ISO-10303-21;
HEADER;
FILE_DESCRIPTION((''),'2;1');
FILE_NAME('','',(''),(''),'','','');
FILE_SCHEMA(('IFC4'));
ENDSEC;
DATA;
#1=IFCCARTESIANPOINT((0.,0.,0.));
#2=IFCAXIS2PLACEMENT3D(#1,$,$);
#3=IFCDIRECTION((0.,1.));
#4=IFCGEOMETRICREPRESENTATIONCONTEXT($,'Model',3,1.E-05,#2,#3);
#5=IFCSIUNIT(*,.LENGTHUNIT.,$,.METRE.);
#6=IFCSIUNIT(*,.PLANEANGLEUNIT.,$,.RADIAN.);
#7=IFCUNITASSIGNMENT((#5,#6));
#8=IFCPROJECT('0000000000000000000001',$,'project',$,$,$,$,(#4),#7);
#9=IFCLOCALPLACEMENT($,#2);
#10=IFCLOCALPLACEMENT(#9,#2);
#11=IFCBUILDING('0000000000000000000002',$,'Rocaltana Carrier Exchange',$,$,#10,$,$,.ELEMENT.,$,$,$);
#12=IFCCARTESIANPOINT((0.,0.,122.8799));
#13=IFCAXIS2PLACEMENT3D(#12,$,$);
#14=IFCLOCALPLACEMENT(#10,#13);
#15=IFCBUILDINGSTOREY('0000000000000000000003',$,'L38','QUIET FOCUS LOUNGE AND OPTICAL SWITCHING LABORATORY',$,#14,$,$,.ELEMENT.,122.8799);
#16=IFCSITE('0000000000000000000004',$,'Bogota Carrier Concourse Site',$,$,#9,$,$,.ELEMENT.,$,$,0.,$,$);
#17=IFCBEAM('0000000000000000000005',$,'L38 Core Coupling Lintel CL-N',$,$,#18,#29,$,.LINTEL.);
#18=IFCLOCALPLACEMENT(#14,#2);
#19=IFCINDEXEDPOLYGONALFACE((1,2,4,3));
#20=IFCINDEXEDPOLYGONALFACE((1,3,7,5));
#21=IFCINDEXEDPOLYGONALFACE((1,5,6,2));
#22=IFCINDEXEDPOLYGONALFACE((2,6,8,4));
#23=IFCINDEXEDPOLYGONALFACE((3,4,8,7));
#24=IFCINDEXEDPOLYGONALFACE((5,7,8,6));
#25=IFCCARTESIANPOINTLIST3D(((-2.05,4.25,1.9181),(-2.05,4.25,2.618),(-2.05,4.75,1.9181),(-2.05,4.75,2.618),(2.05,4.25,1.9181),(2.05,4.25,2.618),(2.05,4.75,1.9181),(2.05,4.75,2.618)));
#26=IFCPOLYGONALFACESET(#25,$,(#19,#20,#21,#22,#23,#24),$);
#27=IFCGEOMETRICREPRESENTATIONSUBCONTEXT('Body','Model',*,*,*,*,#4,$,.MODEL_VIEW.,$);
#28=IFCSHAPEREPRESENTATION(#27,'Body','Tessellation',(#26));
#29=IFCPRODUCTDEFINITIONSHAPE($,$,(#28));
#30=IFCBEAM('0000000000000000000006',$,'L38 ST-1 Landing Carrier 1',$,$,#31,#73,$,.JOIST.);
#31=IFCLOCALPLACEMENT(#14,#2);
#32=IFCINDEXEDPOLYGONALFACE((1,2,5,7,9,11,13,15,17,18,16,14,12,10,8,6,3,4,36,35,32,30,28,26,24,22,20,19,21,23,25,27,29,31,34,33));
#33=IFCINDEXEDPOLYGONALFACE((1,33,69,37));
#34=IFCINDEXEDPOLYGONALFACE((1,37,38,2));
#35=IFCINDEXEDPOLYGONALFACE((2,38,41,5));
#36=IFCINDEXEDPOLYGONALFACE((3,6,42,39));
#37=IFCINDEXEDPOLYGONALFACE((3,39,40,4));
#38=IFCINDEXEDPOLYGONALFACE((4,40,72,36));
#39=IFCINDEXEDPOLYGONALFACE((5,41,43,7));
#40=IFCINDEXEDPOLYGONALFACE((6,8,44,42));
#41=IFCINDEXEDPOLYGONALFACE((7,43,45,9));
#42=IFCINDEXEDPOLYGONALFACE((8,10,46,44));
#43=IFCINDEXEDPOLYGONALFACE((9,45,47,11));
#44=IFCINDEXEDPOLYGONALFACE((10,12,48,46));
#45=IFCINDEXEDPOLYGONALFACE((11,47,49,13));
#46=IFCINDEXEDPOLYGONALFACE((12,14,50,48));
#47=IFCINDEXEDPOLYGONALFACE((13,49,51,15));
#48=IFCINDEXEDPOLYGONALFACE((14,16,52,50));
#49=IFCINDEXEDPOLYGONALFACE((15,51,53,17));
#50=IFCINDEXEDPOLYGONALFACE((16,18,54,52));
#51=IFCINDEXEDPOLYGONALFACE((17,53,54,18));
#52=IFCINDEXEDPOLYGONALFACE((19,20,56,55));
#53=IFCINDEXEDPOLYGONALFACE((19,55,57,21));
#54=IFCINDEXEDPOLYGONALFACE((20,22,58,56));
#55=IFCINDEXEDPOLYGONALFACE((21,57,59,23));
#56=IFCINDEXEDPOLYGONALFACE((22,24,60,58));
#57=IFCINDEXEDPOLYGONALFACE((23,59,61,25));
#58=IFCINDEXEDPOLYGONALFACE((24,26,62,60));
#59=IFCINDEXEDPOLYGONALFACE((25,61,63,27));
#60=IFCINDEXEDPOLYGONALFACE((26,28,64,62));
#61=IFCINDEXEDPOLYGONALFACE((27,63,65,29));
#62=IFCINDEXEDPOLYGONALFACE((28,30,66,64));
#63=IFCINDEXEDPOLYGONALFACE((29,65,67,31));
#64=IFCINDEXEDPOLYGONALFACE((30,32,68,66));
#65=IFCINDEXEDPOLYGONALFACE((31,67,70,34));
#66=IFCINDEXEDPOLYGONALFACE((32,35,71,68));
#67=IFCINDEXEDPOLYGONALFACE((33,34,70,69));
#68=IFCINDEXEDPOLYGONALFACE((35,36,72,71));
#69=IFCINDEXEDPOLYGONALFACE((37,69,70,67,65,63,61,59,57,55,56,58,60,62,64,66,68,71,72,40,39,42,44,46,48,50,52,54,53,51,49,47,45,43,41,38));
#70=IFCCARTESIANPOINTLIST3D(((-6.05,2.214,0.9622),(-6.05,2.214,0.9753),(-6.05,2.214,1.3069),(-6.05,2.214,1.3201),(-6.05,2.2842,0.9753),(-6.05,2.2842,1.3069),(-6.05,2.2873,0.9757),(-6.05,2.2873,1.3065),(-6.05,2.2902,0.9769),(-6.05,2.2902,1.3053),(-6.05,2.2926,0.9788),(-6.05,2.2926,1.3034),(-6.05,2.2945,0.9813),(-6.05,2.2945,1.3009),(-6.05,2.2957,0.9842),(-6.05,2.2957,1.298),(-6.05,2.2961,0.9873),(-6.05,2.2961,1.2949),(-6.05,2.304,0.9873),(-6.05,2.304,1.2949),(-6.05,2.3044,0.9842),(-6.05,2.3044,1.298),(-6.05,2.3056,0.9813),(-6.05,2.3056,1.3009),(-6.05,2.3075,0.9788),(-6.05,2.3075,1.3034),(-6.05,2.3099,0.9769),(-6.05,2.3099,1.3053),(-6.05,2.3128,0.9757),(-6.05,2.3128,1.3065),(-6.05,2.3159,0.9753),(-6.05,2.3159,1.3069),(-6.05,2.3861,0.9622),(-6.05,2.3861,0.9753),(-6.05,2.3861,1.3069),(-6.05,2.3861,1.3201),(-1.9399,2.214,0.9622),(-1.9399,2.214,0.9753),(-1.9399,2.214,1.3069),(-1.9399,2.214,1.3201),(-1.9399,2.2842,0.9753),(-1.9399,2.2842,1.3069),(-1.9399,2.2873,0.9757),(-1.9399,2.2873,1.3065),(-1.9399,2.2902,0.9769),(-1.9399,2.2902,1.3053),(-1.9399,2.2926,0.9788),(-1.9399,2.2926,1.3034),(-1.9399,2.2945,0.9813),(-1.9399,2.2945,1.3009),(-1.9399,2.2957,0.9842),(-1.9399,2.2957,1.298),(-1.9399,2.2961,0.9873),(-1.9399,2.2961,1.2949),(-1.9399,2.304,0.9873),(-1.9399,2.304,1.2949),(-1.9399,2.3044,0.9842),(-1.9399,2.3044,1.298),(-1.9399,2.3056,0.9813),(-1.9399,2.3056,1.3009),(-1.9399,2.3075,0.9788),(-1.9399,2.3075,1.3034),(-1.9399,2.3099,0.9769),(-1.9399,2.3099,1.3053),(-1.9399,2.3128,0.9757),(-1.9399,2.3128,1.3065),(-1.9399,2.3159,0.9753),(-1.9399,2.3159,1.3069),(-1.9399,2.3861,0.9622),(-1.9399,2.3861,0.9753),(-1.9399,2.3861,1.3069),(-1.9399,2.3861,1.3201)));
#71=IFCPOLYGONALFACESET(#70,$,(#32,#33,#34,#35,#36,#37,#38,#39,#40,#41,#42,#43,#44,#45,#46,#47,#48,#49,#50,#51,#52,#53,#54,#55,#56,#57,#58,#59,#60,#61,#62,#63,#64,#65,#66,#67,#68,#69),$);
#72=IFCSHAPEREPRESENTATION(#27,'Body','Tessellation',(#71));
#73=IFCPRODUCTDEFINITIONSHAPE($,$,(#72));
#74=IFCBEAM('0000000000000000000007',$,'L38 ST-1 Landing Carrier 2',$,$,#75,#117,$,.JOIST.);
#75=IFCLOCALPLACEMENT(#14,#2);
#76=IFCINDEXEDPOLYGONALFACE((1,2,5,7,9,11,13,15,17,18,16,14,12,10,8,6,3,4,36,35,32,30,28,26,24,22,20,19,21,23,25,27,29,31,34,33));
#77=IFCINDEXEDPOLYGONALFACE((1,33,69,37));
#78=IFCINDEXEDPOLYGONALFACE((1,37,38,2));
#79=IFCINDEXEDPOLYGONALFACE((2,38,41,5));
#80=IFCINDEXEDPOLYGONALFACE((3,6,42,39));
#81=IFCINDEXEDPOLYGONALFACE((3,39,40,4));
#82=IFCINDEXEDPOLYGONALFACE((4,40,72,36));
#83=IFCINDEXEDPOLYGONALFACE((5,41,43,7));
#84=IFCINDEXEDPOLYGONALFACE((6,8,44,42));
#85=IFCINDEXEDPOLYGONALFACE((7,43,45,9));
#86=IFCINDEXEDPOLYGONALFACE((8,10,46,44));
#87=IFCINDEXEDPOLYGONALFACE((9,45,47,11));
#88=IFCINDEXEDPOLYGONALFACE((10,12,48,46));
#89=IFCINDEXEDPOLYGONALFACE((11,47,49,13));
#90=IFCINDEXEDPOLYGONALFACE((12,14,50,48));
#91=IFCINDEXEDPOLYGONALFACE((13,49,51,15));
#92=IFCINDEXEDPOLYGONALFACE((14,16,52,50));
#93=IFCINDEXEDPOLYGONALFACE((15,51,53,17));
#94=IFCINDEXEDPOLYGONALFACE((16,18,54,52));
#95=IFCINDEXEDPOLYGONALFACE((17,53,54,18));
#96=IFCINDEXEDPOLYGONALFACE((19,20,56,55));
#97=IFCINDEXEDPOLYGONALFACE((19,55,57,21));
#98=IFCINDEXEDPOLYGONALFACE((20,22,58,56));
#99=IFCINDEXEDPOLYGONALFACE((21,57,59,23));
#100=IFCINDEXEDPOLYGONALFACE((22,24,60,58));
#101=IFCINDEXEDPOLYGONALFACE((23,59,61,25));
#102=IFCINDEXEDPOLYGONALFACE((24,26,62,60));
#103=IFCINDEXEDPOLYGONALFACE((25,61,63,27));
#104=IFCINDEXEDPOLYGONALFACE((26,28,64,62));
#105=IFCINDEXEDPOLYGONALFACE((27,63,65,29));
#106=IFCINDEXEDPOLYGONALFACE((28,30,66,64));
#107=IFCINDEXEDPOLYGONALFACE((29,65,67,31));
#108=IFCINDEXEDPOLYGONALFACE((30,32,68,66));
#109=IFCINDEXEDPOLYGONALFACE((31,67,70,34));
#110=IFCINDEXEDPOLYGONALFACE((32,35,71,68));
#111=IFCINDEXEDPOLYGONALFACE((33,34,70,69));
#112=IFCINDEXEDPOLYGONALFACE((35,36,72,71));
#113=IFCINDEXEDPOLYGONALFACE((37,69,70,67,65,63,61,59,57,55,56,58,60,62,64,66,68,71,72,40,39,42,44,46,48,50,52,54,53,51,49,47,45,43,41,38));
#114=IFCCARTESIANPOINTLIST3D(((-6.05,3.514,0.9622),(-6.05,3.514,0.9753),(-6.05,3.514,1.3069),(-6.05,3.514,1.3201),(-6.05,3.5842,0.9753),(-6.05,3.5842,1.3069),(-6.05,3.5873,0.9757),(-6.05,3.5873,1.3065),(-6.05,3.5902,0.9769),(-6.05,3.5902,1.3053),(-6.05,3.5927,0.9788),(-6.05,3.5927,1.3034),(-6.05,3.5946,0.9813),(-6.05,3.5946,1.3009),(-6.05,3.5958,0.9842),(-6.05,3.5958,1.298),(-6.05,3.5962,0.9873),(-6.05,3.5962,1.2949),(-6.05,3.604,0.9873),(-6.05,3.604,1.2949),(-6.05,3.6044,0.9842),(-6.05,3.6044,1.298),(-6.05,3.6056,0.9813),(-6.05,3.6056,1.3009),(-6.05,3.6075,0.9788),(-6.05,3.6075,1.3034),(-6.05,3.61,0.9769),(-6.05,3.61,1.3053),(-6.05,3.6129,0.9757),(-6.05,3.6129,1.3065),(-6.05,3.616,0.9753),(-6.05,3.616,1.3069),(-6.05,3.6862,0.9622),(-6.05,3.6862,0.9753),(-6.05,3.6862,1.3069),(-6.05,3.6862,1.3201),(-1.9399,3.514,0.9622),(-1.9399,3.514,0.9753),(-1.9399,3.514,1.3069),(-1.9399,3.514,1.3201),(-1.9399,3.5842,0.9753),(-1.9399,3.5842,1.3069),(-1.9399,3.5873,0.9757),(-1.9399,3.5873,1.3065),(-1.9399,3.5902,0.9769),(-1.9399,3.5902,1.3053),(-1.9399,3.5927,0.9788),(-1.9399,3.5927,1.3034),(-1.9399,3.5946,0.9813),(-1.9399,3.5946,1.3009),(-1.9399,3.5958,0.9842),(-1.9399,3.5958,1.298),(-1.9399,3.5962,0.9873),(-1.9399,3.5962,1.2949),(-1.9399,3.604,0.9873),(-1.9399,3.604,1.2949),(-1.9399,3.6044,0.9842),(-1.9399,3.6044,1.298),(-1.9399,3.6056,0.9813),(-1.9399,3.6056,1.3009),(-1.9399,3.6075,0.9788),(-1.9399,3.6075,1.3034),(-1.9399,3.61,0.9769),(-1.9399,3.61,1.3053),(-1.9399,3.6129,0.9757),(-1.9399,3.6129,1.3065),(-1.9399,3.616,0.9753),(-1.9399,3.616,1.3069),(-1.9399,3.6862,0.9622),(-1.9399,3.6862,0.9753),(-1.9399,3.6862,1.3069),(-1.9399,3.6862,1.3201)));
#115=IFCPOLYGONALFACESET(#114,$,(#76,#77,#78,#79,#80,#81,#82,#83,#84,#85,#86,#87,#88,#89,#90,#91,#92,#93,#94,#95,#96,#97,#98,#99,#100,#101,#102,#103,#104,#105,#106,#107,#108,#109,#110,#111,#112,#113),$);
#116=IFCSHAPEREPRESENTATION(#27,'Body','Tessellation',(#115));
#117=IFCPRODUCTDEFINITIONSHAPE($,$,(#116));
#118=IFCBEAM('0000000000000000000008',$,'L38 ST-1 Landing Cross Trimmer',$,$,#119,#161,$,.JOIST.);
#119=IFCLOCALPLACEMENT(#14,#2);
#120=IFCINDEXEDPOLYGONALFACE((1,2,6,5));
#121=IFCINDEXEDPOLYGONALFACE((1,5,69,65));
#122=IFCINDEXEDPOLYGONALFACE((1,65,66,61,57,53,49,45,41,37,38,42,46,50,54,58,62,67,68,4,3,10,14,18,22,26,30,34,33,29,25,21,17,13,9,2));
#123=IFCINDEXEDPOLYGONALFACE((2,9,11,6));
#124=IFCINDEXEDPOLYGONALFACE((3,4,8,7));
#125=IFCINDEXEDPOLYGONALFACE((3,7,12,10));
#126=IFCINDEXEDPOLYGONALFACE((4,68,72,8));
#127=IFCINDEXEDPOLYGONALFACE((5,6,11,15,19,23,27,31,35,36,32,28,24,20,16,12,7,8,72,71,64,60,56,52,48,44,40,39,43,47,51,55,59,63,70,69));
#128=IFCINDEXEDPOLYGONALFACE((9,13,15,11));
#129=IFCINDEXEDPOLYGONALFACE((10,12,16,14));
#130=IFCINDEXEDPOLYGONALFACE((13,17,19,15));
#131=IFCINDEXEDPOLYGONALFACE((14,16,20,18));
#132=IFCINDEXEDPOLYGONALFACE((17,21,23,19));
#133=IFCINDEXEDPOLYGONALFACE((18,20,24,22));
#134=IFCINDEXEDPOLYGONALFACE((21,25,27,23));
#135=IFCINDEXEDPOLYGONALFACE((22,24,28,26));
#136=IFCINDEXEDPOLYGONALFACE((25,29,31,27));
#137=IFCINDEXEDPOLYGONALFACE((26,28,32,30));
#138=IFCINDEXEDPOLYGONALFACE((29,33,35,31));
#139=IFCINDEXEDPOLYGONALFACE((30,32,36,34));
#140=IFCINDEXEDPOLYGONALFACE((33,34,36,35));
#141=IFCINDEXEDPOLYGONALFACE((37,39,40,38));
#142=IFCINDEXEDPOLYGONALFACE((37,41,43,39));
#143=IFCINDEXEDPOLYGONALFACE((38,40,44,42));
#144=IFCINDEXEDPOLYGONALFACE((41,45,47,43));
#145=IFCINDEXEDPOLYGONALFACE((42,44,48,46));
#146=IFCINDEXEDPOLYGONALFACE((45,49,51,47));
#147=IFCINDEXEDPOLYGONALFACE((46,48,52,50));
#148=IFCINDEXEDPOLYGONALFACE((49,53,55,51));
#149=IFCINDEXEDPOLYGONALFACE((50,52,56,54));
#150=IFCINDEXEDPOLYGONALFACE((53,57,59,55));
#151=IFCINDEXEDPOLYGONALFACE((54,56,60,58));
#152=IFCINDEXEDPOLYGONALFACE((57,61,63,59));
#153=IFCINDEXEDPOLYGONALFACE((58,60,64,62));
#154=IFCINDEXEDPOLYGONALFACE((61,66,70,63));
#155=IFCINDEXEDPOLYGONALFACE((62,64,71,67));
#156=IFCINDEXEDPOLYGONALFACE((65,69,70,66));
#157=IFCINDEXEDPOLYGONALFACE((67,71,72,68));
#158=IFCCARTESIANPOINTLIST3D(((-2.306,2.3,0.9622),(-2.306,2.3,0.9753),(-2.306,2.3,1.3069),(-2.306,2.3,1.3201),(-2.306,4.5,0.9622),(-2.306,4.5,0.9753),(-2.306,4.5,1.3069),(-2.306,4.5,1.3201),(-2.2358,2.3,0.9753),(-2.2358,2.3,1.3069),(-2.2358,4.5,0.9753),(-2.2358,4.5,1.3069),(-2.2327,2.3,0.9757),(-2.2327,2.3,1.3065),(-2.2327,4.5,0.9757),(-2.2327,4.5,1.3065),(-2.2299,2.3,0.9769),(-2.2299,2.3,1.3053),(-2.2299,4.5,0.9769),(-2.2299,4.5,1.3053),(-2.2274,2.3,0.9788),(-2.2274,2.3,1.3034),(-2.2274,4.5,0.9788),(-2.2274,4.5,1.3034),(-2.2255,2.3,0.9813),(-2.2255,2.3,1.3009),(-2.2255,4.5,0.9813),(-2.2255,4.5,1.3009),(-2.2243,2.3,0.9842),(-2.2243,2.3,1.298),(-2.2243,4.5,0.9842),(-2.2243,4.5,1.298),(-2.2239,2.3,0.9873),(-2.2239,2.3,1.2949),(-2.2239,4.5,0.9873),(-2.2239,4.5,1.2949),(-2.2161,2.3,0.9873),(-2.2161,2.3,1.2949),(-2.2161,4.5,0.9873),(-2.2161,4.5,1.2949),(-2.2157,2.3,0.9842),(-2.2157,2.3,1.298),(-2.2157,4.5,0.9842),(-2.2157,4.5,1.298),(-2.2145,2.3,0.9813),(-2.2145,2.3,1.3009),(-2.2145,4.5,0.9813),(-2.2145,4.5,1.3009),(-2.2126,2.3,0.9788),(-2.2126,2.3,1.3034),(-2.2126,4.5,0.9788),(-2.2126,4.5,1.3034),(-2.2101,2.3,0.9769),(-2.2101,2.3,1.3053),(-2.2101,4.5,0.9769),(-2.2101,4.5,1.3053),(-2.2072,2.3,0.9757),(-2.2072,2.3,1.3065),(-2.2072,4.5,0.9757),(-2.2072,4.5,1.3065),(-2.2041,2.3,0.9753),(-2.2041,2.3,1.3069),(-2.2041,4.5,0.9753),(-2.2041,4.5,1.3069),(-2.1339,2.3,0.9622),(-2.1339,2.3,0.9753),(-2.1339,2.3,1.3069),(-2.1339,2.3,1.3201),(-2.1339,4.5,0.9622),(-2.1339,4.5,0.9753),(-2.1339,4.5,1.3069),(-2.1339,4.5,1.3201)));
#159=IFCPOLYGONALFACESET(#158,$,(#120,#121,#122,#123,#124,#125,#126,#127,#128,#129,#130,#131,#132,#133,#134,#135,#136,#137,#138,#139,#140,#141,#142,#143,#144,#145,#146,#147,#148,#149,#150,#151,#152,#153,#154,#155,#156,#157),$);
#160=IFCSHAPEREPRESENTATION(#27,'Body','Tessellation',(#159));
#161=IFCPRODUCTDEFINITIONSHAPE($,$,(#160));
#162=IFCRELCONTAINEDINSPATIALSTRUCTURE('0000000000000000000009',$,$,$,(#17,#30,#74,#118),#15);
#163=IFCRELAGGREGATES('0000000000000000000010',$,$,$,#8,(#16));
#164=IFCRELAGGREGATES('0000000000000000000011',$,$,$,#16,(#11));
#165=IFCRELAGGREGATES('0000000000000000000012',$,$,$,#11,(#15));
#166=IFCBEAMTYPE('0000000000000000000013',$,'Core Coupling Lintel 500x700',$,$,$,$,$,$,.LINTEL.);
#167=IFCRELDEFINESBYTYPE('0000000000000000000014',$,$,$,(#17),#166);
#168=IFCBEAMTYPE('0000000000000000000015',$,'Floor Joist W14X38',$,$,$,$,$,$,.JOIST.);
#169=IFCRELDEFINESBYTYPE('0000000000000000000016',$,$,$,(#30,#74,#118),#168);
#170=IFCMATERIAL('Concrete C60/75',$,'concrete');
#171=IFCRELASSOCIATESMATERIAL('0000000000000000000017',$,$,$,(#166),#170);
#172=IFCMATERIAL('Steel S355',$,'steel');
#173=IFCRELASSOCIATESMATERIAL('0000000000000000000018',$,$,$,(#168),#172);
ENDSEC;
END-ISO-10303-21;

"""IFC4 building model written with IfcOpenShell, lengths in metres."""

from ifc_helpers import new_model, si_unit, direction, frame, origin, origin_2d, place, context, subcontext, project, spatial, rectangle, i_section, extrude, material, material_profile, profile_set, type_object, element, save


model = new_model("IFC4")

# Units and contexts
model_context = context("Model", 3, precision=1e-05, world=origin(), true_north=direction((0.0, 1.0)))
body_context = subcontext(model_context, "Body", "Model", "MODEL_VIEW")
ifc_project = project(units=[si_unit("LENGTHUNIT", "METRE"), si_unit("PLANEANGLEUNIT", "RADIAN")], contexts=[model_context])

# Site, building, storey
site_placement = place(None, origin())
site = spatial("IfcSite", under=ifc_project, at=site_placement, Name="Bogota Carrier Concourse Site", CompositionType="ELEMENT", RefElevation=0.0)
building_placement = place(site_placement, origin())
building = spatial("IfcBuilding", under=site, at=building_placement, Name="Rocaltana Carrier Exchange", CompositionType="ELEMENT")
storey_placement = place(building_placement, frame((0.0, 0.0, 122.8799)))
storey = spatial("IfcBuildingStorey", under=building, at=storey_placement, Name="L38", Description="QUIET FOCUS LOUNGE AND OPTICAL SWITCHING LABORATORY", CompositionType="ELEMENT", Elevation=122.8799)

# Beams
ifc_material_1 = material(Name="Concrete C60/75", Category="concrete")
ifc_material_profile_1 = material_profile(ifc_material_1, rectangle(XDim=0.5, YDim=0.7, at=origin_2d()), Name="RC-BM-500X700")
ifc_profile_set_1 = profile_set([ifc_material_profile_1], Name="Concrete C60/75")
beam_type_1 = type_object("IfcBeamType", Name="Core Coupling Lintel 500x700", PredefinedType="LINTEL", material=ifc_profile_set_1)
beam_1_placement = place(storey_placement, frame((-2.05, 4.5, 2.2681), z_axis=(1.0, 0.0, 0.0), x_axis=(0.0, 1.0, 0.0)))
element("IfcBeam", 1, at=beam_1_placement, inside=storey, type_object=beam_type_1, Name="L38 Core Coupling Lintel CL-N", PredefinedType="LINTEL", context=body_context, shape_type="SweptSolid", body=[
    extrude(rectangle(XDim=0.5, YDim=0.7, at=origin_2d()), origin(), (0.0, 0.0, 1.0), 4.1001),
])
ifc_material_2 = material(Name="Steel S355", Category="steel")
ifc_material_profile_2 = material_profile(ifc_material_2, i_section(OverallWidth=0.1721, OverallDepth=0.3579, WebThickness=0.0078, FlangeThickness=0.0132, FilletRadius=0.012, at=origin_2d()), Name="W14X38")
ifc_profile_set_2 = profile_set([ifc_material_profile_2], Name="Steel S355")
beam_type_2 = type_object("IfcBeamType", Name="Floor Joist W14X38", PredefinedType="JOIST", material=ifc_profile_set_2)
for number, where, z_axis, x_axis, name in (
    (2, (-6.05, 2.3, 1.1411), (1.0, 0.0, 0.0), (0.0, 1.0, 0.0), "L38 ST-1 Landing Carrier 1"),
    (3, (-6.05, 3.6001, 1.1411), (1.0, 0.0, 0.0), (0.0, 1.0, 0.0), "L38 ST-1 Landing Carrier 2"),
):
    element("IfcBeam", number, at=place(storey_placement, frame(where, z_axis=z_axis, x_axis=x_axis)), inside=storey, type_object=beam_type_2, Name=name, PredefinedType="JOIST", context=body_context, shape_type="SweptSolid", body=[
        extrude(i_section(OverallWidth=0.1721, OverallDepth=0.3579, WebThickness=0.0078, FlangeThickness=0.0132, FilletRadius=0.012, at=origin_2d()), origin(), (0.0, 0.0, 1.0), 4.1101),
    ])
beam_2_placement = place(storey_placement, frame((-2.22, 2.3, 1.1411), z_axis=(0.0, 1.0, 0.0), x_axis=(-1.0, 0.0, 0.0)))
element("IfcBeam", 4, at=beam_2_placement, inside=storey, type_object=beam_type_2, Name="L38 ST-1 Landing Cross Trimmer", PredefinedType="JOIST", context=body_context, shape_type="SweptSolid", body=[
    extrude(i_section(OverallWidth=0.1721, OverallDepth=0.3579, WebThickness=0.0078, FlangeThickness=0.0132, FilletRadius=0.012, at=origin_2d()), origin(), (0.0, 0.0, 1.0), 2.2),
])

save(model, "model.ifc")
